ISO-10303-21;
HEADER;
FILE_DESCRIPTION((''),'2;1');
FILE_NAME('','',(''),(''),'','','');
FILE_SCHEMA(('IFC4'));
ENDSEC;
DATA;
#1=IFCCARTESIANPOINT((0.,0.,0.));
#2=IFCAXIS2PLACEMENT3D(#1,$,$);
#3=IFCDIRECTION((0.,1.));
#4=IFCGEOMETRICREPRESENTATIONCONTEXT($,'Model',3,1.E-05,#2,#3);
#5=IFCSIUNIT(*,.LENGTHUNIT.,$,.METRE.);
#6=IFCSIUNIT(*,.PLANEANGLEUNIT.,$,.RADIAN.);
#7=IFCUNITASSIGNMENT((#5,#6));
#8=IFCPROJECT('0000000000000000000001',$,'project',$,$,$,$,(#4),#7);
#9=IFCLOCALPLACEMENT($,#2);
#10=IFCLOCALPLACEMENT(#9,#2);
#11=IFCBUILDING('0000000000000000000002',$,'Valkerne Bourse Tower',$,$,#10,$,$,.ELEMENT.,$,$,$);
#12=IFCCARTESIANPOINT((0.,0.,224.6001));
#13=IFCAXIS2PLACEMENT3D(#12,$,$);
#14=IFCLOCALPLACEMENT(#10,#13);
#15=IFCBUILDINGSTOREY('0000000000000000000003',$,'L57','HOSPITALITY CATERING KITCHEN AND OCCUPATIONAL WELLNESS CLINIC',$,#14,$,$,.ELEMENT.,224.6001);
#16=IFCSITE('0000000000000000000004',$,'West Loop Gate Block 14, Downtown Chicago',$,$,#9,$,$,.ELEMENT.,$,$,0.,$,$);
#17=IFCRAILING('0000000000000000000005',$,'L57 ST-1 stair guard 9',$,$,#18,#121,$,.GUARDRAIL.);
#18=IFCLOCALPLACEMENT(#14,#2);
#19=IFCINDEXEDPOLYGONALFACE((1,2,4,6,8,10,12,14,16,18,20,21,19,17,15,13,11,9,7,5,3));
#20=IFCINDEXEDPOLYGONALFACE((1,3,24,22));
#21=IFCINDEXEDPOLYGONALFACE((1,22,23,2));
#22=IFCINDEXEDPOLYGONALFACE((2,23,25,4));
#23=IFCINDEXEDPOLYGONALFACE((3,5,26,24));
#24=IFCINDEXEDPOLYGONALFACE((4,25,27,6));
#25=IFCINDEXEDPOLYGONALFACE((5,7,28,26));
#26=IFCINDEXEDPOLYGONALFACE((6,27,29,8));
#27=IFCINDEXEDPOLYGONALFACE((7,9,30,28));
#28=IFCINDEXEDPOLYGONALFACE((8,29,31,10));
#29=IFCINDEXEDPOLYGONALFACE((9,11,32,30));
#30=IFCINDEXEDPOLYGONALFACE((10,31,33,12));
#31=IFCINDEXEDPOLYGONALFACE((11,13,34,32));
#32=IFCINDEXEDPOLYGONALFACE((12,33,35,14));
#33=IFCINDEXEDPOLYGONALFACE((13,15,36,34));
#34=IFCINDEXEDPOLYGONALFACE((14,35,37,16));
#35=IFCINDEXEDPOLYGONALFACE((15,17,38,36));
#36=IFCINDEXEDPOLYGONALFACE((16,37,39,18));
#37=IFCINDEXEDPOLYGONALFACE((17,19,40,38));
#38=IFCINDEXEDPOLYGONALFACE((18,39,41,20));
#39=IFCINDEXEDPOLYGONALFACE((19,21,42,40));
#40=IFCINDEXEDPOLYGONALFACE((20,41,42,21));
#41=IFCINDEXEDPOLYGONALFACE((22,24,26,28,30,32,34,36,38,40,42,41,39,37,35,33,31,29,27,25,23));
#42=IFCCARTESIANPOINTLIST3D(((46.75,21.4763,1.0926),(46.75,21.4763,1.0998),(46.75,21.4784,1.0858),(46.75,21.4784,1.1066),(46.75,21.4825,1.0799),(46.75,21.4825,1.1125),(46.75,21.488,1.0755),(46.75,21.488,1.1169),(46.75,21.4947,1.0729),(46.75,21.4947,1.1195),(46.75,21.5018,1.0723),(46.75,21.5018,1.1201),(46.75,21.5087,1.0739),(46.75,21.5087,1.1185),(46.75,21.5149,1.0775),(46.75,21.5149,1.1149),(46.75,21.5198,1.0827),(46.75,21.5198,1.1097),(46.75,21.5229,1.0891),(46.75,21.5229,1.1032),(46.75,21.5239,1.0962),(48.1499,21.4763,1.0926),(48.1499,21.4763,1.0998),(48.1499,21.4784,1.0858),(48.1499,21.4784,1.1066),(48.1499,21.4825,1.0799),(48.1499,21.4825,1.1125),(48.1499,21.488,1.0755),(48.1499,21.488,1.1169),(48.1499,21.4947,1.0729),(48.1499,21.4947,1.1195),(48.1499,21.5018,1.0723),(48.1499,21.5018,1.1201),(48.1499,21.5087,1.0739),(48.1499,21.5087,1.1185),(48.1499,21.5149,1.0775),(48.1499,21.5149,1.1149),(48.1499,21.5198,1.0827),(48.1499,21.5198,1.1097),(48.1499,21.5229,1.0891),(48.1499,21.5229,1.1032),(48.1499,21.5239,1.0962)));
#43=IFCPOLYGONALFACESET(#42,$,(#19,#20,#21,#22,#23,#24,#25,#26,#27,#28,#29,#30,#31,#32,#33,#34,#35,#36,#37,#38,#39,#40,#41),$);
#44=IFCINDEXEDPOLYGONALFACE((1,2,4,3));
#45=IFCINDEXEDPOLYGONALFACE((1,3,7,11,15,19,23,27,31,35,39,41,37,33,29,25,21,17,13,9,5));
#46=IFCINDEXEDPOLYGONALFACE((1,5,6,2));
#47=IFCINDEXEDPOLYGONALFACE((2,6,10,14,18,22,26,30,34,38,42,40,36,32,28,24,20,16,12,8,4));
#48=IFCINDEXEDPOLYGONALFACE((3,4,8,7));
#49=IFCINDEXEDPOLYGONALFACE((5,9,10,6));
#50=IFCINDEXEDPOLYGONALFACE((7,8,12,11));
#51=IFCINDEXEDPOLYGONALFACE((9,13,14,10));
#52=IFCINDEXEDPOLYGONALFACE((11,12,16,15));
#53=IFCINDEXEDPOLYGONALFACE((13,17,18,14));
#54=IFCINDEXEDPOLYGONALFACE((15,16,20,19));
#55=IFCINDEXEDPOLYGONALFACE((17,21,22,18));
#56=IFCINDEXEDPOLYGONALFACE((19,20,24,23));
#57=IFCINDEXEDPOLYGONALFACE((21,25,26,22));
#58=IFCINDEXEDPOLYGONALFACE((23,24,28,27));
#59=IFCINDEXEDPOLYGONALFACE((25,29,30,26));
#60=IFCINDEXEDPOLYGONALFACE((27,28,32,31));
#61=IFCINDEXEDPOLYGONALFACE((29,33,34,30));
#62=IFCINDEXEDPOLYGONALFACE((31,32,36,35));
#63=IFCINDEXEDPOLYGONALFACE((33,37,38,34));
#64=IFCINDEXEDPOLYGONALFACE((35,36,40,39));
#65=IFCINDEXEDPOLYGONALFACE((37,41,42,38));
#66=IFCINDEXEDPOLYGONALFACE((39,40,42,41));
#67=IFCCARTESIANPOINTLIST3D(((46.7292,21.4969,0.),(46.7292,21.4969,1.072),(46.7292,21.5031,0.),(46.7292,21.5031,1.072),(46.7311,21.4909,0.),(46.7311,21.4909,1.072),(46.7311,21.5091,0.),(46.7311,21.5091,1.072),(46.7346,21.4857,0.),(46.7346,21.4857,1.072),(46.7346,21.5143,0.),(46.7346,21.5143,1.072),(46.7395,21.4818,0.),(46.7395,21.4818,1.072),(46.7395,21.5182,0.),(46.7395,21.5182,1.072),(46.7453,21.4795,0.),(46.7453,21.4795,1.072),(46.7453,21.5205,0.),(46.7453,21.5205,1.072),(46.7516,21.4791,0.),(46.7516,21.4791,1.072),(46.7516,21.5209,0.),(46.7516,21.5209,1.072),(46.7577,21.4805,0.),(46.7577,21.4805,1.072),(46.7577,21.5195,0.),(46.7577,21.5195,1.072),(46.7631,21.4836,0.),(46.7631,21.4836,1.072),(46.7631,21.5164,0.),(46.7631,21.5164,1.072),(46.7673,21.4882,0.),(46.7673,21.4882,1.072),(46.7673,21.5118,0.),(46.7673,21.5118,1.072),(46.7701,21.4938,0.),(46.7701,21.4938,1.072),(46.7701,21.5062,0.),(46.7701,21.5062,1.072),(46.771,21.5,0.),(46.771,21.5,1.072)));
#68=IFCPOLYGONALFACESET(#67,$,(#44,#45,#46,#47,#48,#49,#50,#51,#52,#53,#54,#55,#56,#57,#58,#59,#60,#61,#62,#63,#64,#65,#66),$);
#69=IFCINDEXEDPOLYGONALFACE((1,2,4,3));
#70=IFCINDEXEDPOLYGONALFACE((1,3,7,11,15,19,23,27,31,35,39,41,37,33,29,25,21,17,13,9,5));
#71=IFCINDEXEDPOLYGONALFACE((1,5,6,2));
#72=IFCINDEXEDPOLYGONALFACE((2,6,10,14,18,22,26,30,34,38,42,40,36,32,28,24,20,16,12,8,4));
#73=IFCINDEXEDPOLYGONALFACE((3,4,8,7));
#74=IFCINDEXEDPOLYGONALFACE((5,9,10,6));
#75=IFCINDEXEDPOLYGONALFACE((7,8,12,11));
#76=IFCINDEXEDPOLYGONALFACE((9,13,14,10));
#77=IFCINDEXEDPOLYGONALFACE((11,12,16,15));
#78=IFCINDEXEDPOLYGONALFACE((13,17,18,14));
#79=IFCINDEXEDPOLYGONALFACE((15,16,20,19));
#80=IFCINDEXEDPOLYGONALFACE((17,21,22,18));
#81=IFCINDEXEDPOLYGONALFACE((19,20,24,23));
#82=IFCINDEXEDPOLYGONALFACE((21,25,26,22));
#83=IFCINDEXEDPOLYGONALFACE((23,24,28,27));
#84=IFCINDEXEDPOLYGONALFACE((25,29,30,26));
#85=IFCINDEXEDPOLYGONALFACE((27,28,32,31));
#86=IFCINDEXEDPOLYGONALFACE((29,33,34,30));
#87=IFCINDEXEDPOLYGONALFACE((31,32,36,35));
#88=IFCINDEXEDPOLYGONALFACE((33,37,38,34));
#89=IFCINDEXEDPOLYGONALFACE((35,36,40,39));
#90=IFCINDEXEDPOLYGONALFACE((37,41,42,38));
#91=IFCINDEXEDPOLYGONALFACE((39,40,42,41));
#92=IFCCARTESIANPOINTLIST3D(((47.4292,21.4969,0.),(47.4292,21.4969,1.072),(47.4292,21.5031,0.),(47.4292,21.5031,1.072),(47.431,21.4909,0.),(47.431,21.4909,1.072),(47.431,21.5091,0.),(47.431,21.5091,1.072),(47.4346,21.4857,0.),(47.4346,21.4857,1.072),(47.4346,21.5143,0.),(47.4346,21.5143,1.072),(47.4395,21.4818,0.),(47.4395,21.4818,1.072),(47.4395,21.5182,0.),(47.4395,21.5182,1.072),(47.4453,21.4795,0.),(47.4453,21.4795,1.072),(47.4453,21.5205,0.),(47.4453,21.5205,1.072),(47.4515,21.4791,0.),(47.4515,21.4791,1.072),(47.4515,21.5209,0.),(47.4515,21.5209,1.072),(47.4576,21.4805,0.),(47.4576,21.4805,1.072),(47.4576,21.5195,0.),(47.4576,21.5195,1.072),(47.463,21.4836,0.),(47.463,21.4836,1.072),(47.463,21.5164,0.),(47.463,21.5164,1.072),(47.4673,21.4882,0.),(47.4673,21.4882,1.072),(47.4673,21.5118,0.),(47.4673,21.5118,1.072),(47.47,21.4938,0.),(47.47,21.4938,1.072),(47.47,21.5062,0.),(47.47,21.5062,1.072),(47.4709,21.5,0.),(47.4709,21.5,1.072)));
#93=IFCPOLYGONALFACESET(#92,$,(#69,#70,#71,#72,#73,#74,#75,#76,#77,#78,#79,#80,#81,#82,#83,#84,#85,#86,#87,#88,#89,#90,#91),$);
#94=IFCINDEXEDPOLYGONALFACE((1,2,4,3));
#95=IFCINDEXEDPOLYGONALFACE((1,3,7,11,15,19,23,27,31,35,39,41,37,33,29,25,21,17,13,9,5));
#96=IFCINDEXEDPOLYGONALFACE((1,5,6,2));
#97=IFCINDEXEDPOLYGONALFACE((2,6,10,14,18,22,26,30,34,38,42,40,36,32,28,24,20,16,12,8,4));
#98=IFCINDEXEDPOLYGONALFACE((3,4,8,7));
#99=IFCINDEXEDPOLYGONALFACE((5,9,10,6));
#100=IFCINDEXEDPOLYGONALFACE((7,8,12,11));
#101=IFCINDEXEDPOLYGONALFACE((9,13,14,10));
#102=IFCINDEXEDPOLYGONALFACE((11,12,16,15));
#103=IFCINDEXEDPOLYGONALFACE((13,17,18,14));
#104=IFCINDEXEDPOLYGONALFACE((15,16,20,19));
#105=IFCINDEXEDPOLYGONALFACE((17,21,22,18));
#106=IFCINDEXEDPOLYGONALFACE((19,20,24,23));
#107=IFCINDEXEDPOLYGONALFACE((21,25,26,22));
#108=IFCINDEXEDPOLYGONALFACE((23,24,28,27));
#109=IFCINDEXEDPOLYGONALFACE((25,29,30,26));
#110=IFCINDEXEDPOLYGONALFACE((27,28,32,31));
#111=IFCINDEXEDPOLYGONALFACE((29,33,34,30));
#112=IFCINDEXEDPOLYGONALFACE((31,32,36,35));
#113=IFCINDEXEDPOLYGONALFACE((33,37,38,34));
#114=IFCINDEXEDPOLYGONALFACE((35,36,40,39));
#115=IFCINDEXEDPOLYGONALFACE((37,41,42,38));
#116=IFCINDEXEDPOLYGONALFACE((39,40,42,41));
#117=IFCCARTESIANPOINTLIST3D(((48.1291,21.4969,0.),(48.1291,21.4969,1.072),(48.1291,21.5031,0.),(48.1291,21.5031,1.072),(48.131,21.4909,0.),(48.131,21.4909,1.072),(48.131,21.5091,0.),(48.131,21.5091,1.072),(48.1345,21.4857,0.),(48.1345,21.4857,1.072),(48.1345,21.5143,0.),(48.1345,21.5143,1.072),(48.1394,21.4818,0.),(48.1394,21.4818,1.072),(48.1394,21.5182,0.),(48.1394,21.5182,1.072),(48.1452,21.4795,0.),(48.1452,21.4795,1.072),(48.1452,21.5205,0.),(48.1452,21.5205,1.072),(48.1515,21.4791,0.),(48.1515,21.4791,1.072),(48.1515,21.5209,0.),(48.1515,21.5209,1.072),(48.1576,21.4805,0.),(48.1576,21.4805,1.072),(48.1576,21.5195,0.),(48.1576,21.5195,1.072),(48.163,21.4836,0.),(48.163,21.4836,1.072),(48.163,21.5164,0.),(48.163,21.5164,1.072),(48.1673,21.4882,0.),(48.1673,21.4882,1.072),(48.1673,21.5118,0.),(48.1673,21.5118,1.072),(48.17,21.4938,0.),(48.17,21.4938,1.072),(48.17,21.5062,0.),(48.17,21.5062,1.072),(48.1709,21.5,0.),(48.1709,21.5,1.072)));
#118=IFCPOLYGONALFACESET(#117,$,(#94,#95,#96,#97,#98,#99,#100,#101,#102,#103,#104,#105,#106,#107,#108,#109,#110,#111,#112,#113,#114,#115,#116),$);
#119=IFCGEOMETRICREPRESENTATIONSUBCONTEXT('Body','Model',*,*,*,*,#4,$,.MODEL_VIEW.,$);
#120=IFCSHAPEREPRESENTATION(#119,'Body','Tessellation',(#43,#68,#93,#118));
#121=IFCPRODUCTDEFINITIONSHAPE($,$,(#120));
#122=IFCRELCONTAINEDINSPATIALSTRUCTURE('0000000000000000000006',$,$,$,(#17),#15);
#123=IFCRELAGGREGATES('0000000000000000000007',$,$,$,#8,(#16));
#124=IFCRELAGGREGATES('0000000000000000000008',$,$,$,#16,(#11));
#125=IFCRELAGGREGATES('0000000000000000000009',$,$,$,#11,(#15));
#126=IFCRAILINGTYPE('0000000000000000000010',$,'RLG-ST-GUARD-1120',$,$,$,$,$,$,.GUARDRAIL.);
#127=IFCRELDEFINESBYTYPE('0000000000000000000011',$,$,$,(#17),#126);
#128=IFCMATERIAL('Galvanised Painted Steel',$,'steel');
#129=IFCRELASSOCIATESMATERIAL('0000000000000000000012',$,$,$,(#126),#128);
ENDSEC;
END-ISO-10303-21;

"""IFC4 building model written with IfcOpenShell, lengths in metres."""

from ifc_helpers import new_model, si_unit, direction, frame, origin, origin_2d, place, context, subcontext, project, spatial, circle, extrude, material, type_object, element, save


model = new_model("IFC4")

# Units and contexts
model_context = context("Model", 3, precision=1e-05, world=origin(), true_north=direction((0.0, 1.0)))
body_context = subcontext(model_context, "Body", "Model", "MODEL_VIEW")
ifc_project = project(units=[si_unit("LENGTHUNIT", "METRE"), si_unit("PLANEANGLEUNIT", "RADIAN")], contexts=[model_context])

# Site, building, storey
site_placement = place(None, origin())
site = spatial("IfcSite", under=ifc_project, at=site_placement, Name="West Loop Gate Block 14, Downtown Chicago", CompositionType="ELEMENT", RefElevation=0.0)
building_placement = place(site_placement, origin())
building = spatial("IfcBuilding", under=site, at=building_placement, Name="Valkerne Bourse Tower", CompositionType="ELEMENT")
storey_placement = place(building_placement, frame((0.0, 0.0, 224.6001)))
storey = spatial("IfcBuildingStorey", under=building, at=storey_placement, Name="L57", Description="HOSPITALITY CATERING KITCHEN AND OCCUPATIONAL WELLNESS CLINIC", CompositionType="ELEMENT", Elevation=224.6001)

# Shared definitions
ifc_material_1 = material(Name="Galvanised Painted Steel", Category="steel")

# Railing
railing_type_1 = type_object("IfcRailingType", Name="RLG-ST-GUARD-1120", PredefinedType="GUARDRAIL", material=ifc_material_1)
for number, where, name in (
    (1, (46.75, 21.5, 0.0), "L57 ST-1 stair guard 9"),
):
    element("IfcRailing", number, at=place(storey_placement, frame(where)), inside=storey, type_object=railing_type_1, Name=name, PredefinedType="GUARDRAIL", context=body_context, shape_type="SweptSolid", body=[
        extrude(circle(Radius=0.0239, at=origin_2d()), frame((0.0, 0.0, 1.0962), z_axis=(1.0, 0.0, 0.0), x_axis=(0.0, 1.0, 0.0)), (0.0, 0.0, 1.0), 1.3999),
        extrude(circle(Radius=0.021, at=origin_2d()), origin(), (0.0, 0.0, 1.0), 1.072),
        extrude(circle(Radius=0.021, at=origin_2d()), frame((0.7, 0.0, 0.0)), (0.0, 0.0, 1.0), 1.072),
        extrude(circle(Radius=0.021, at=origin_2d()), frame((1.3999, 0.0, 0.0)), (0.0, 0.0, 1.0), 1.072),
    ])

save(model, "model.ifc")
